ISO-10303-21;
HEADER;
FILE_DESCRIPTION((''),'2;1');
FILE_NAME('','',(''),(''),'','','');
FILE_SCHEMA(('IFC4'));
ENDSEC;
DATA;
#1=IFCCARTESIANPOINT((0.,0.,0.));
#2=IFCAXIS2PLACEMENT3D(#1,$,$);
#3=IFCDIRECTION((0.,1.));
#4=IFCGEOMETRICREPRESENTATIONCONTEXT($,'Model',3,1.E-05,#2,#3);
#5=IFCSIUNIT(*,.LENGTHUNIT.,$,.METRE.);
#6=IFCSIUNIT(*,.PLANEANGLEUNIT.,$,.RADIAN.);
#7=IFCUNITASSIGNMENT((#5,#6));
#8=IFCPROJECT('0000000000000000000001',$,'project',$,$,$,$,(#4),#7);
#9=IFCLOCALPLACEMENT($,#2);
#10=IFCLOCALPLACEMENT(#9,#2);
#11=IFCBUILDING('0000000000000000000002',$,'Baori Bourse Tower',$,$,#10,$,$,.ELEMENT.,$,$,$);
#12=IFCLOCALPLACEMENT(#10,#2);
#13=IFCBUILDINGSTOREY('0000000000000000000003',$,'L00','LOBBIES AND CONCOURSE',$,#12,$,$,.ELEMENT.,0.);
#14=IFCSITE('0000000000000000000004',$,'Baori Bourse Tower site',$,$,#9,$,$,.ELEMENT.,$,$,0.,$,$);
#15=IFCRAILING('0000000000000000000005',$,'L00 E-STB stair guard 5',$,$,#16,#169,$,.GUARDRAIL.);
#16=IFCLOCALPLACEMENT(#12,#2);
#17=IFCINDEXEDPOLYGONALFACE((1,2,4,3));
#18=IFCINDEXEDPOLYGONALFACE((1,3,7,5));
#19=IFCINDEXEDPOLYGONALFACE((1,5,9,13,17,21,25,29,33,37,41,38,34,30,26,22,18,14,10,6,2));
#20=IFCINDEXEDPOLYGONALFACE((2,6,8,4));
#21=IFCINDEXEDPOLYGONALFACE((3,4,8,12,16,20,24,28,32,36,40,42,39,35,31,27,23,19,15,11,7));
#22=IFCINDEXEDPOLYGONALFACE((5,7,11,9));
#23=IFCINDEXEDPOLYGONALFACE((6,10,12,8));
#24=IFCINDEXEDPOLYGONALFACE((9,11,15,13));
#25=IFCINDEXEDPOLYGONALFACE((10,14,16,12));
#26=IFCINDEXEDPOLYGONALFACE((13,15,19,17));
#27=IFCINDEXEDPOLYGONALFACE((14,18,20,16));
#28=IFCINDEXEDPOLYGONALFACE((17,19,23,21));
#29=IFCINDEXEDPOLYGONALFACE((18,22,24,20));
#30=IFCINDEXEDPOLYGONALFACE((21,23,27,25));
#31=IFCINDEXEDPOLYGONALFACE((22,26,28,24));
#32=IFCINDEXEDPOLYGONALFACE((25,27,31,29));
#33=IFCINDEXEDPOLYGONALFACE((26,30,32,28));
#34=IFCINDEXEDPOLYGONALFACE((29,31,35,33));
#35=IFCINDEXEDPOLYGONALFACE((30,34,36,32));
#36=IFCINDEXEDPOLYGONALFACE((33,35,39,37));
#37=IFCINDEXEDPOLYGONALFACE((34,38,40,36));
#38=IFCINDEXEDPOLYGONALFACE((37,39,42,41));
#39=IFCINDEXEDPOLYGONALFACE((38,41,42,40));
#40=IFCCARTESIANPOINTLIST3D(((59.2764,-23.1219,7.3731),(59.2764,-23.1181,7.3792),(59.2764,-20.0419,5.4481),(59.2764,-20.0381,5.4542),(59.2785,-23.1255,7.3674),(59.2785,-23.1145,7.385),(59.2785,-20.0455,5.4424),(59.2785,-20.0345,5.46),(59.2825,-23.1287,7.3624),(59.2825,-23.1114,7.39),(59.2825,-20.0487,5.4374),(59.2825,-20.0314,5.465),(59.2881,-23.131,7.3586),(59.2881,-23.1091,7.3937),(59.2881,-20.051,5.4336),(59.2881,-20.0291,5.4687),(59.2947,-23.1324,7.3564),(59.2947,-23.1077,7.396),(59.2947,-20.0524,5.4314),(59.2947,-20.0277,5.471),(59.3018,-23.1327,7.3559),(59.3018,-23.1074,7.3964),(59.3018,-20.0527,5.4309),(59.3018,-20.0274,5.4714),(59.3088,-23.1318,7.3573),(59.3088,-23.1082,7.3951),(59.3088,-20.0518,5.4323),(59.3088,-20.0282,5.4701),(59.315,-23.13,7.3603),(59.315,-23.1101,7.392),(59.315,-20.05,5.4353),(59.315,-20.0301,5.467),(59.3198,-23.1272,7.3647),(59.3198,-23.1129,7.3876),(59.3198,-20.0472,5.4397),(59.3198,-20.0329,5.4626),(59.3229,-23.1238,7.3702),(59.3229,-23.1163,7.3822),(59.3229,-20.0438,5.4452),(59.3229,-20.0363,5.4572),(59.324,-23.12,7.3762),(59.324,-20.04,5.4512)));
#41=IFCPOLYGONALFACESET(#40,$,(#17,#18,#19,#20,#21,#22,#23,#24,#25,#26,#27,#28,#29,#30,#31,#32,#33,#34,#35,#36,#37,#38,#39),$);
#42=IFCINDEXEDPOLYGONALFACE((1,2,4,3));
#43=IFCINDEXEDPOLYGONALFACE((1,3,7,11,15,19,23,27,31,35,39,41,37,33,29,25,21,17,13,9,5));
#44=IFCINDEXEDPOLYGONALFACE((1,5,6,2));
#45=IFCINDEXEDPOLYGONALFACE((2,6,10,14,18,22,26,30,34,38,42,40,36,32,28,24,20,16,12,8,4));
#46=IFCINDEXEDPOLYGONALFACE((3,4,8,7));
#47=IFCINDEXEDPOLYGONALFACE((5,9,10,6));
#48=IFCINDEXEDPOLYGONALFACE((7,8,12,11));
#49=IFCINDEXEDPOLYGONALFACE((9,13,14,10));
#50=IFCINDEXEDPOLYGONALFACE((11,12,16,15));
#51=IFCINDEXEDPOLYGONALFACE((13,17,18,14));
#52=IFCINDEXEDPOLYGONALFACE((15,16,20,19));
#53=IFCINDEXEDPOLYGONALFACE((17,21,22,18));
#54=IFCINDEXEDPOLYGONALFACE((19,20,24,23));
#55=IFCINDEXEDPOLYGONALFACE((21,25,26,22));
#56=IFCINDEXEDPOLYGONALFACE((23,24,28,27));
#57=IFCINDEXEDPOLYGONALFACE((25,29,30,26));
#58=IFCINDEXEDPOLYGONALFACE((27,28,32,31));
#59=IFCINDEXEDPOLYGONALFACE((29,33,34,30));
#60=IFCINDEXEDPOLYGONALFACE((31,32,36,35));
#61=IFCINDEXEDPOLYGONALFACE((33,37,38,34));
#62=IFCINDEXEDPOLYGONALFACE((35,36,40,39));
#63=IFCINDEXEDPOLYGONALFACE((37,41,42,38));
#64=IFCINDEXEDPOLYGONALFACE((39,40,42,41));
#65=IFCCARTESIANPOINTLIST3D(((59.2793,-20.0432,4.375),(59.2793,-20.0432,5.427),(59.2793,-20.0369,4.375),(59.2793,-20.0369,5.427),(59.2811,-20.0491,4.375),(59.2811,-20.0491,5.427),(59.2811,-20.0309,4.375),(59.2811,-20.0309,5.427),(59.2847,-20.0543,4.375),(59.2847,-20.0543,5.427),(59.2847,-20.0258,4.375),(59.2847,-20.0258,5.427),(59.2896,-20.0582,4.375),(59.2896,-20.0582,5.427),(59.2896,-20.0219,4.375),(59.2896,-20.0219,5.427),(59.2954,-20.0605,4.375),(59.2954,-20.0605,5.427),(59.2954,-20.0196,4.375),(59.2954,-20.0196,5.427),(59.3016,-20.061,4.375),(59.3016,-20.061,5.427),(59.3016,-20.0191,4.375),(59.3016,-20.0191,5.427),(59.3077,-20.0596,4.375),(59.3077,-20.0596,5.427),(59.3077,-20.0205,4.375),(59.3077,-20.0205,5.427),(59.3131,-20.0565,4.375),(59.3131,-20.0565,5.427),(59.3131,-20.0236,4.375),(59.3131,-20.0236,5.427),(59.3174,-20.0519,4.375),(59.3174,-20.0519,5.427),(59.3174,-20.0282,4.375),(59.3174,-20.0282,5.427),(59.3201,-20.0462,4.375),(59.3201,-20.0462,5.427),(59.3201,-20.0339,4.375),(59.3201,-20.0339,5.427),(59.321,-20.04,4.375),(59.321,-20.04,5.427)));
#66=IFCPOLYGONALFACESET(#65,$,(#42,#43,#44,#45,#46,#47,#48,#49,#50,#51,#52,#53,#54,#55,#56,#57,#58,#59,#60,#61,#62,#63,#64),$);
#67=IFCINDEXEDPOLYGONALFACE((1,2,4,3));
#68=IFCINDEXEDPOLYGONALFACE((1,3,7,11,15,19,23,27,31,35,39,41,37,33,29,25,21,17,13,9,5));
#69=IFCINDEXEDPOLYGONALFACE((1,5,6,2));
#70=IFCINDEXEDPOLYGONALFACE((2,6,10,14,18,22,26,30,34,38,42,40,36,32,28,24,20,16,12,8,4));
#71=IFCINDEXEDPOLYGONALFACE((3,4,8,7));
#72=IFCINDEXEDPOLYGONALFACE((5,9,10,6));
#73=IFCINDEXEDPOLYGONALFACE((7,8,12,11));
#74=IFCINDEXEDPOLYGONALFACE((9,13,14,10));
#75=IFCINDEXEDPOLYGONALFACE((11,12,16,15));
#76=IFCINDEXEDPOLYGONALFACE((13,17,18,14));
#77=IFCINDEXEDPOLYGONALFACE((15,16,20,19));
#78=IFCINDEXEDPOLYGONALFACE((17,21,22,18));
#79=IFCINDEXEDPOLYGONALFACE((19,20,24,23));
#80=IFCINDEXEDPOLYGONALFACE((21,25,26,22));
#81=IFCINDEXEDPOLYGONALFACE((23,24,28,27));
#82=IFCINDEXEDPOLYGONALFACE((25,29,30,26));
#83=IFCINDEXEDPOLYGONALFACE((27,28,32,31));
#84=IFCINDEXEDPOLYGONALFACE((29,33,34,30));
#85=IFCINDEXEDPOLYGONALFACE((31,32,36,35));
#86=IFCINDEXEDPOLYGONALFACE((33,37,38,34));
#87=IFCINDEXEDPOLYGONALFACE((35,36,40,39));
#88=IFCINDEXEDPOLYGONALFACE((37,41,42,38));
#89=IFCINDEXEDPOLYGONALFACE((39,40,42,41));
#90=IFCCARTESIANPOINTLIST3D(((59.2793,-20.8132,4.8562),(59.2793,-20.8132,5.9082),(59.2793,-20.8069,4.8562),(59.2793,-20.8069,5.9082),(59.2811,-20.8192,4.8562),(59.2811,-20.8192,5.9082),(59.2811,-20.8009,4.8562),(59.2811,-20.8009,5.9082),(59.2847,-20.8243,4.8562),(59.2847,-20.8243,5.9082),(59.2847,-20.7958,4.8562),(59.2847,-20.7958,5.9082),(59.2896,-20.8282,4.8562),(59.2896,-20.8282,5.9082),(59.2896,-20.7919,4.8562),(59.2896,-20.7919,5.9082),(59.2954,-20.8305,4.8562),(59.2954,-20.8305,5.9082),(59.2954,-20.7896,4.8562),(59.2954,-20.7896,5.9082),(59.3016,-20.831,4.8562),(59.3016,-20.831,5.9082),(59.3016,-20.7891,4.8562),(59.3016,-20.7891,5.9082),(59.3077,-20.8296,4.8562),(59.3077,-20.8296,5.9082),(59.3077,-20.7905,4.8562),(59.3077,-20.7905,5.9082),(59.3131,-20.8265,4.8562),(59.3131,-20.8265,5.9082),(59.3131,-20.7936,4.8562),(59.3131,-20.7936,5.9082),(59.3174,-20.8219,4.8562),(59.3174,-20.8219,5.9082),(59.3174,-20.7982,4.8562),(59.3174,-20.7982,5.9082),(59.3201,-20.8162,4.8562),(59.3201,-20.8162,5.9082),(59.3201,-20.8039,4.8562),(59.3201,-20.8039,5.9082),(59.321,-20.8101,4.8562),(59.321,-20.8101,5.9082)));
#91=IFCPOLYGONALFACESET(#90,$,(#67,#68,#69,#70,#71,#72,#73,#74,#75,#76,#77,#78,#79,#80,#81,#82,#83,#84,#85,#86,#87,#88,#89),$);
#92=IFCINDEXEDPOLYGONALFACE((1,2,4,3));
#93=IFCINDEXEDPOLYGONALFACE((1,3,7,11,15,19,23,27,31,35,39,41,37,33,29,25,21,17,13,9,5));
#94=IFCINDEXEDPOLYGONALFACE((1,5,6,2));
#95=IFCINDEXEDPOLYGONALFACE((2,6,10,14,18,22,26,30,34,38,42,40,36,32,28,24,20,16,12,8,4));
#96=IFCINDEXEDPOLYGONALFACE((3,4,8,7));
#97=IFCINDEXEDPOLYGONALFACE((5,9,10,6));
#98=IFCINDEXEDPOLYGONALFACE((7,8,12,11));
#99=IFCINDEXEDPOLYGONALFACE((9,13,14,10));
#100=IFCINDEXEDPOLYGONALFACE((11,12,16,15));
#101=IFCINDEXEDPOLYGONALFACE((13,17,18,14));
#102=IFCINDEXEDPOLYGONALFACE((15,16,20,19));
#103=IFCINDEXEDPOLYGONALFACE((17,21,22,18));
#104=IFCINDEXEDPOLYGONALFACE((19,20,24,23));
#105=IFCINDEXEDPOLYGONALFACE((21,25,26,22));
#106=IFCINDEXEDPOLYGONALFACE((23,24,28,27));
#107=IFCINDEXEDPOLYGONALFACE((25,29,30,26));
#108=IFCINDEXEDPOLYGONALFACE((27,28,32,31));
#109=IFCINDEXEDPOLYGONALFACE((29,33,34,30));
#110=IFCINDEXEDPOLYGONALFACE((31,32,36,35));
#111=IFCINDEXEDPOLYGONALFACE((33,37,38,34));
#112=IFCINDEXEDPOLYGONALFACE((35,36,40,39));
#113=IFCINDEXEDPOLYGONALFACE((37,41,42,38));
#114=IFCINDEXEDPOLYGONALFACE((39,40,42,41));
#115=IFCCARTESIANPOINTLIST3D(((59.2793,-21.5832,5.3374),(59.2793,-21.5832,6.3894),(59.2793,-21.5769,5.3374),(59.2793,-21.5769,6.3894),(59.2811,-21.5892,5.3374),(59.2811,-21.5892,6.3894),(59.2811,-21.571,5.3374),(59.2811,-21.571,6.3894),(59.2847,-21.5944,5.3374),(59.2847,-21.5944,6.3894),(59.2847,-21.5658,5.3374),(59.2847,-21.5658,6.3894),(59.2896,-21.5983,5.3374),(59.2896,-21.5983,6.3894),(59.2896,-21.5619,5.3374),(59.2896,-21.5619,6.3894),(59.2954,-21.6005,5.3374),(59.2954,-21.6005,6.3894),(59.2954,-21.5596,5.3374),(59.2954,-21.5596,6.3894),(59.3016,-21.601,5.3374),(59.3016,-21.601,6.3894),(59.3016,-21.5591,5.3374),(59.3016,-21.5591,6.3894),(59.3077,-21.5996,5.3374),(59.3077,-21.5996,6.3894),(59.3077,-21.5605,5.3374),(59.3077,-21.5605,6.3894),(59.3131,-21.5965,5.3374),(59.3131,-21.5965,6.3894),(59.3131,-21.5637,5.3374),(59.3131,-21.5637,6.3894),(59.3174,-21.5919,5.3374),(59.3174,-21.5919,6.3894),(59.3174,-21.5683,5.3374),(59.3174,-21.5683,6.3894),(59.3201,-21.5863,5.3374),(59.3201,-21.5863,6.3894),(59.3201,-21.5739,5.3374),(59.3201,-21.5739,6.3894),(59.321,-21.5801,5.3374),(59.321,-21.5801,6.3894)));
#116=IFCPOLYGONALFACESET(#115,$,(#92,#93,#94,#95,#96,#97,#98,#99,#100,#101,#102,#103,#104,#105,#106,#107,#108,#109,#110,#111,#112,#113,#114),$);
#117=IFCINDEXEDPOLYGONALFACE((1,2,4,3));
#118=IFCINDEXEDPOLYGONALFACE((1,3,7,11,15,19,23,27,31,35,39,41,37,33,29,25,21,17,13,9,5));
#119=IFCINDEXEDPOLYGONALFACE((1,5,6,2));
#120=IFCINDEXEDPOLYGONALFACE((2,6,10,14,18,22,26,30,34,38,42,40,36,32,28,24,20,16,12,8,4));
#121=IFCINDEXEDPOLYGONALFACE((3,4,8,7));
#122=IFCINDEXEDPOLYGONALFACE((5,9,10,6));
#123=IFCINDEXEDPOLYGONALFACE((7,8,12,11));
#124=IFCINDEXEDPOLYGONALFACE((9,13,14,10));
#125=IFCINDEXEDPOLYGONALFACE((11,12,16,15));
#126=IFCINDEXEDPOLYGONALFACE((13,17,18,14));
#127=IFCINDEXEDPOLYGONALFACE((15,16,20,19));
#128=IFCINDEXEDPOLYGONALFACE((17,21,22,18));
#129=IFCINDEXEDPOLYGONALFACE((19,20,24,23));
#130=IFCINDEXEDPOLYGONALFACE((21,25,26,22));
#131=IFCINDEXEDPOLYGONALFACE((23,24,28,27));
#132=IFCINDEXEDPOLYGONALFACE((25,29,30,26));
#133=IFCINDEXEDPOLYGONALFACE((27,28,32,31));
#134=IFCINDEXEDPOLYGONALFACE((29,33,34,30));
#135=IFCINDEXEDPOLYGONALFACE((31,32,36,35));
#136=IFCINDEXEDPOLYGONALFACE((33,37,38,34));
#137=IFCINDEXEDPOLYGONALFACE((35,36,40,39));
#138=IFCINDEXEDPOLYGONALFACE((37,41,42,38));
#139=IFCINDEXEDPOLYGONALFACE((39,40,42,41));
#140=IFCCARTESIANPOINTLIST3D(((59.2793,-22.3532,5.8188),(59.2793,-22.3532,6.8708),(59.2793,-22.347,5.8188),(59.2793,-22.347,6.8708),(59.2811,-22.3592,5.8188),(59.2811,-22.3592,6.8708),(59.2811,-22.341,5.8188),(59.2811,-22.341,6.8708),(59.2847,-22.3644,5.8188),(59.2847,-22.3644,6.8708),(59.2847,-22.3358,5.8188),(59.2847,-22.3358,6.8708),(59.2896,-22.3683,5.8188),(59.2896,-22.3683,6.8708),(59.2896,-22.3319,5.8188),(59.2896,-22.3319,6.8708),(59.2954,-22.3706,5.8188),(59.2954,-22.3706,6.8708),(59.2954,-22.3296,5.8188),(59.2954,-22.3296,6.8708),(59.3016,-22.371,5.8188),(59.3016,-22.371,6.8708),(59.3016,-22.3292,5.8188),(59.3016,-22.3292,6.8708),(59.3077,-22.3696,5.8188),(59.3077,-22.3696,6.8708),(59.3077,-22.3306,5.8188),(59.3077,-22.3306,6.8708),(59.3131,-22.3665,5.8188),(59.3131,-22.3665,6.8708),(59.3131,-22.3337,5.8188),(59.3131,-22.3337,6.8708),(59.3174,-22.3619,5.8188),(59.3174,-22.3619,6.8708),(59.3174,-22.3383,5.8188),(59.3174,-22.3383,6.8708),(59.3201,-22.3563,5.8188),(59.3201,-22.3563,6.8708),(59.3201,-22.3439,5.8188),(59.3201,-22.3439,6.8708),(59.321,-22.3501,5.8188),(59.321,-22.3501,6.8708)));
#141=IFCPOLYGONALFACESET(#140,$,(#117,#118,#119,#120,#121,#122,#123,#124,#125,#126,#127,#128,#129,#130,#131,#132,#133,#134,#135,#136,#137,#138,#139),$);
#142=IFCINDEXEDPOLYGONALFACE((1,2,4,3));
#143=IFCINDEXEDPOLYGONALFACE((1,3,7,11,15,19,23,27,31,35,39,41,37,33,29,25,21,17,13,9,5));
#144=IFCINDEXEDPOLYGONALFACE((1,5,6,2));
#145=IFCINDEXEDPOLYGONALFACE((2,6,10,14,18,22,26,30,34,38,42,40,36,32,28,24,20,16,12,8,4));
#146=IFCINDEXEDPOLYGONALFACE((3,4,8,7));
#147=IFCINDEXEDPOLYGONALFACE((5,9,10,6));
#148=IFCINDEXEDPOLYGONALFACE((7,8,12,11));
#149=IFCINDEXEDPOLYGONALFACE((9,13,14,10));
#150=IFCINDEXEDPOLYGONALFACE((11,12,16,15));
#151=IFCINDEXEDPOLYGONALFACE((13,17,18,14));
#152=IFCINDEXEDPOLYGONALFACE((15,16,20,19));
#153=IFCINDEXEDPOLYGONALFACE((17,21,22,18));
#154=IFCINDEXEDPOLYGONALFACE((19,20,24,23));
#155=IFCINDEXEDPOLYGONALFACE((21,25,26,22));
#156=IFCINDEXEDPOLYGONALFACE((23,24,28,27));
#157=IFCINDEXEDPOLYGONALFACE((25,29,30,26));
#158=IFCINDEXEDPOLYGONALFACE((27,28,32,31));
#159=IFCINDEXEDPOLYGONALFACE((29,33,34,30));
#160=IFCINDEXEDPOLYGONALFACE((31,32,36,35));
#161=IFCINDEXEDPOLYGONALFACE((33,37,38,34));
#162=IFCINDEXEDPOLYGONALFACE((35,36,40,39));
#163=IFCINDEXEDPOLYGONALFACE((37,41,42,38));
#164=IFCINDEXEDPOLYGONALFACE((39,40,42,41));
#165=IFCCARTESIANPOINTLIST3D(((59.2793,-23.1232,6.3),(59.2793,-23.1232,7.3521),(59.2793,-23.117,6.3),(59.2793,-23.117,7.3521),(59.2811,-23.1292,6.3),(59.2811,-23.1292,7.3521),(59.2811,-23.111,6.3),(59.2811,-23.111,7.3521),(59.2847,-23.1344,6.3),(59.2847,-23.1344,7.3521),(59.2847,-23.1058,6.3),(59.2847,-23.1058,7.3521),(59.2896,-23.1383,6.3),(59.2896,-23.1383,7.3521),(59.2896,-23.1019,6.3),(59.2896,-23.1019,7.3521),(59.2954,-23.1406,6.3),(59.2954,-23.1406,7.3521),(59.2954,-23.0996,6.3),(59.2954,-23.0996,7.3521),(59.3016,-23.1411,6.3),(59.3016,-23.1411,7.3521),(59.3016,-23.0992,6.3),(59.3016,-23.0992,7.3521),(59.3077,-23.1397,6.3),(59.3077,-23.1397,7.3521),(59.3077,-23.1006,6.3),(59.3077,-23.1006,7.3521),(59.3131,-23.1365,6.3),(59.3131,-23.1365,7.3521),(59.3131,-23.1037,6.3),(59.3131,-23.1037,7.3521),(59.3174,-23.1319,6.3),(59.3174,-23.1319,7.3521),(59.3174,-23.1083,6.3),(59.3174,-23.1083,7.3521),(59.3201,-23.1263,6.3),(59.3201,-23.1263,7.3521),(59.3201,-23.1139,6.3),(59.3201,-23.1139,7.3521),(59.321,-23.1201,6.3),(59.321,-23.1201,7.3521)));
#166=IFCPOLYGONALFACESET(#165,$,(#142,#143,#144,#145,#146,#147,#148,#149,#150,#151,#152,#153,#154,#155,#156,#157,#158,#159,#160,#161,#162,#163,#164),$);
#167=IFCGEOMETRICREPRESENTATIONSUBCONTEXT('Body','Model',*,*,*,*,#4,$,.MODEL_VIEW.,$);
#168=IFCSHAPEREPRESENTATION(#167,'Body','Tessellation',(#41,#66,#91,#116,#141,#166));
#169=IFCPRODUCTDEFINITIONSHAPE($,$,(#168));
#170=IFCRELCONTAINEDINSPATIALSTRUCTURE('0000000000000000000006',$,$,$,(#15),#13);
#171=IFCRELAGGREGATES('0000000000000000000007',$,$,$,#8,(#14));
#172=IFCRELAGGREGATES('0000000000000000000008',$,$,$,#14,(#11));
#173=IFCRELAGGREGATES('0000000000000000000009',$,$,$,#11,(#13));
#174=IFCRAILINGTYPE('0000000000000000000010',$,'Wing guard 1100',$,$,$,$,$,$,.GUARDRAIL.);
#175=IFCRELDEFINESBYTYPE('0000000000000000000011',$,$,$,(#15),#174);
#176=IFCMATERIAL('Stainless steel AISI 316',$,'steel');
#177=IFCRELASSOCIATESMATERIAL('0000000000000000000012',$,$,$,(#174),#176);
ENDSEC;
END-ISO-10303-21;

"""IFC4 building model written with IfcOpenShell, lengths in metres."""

from ifc_helpers import new_model, si_unit, direction, frame, origin, origin_2d, place, context, subcontext, project, spatial, circle, extrude, material, type_object, element, save


model = new_model("IFC4")

# Units and contexts
model_context = context("Model", 3, precision=1e-05, world=origin(), true_north=direction((0.0, 1.0)))
body_context = subcontext(model_context, "Body", "Model", "MODEL_VIEW")
ifc_project = project(units=[si_unit("LENGTHUNIT", "METRE"), si_unit("PLANEANGLEUNIT", "RADIAN")], contexts=[model_context])

# Site, building, storey
site_placement = place(None, origin())
site = spatial("IfcSite", under=ifc_project, at=site_placement, Name="Baori Bourse Tower site", CompositionType="ELEMENT", RefElevation=0.0)
building_placement = place(site_placement, origin())
building = spatial("IfcBuilding", under=site, at=building_placement, Name="Baori Bourse Tower", CompositionType="ELEMENT")
storey_placement = place(building_placement, origin())
storey = spatial("IfcBuildingStorey", under=building, at=storey_placement, Name="L00", Description="LOBBIES AND CONCOURSE", CompositionType="ELEMENT", Elevation=0.0)

# Railing
ifc_material_1 = material(Name="Stainless steel AISI 316", Category="steel")
railing_type_1 = type_object("IfcRailingType", Name="Wing guard 1100", PredefinedType="GUARDRAIL", material=ifc_material_1)
railing_1_placement = place(storey_placement, frame((59.3, -20.04, 4.375)))
element("IfcRailing", 1, at=railing_1_placement, inside=storey, type_object=railing_type_1, Name="L00 E-STB stair guard 5", PredefinedType="GUARDRAIL", context=body_context, shape_type="SweptSolid", body=[
    extrude(circle(Radius=0.0239, at=origin_2d()), frame((0.0, 0.0, 1.0762), z_axis=(0.0, -0.847998, 0.529999), x_axis=(1.0, 0.0, 0.0)), (0.0, 0.0, 1.0), 3.6321),
    extrude(circle(Radius=0.021, at=origin_2d()), origin(), (0.0, 0.0, 1.0), 1.052),
    extrude(circle(Radius=0.021, at=origin_2d()), frame((0.0, -0.77, 0.4812)), (0.0, 0.0, 1.0), 1.052),
    extrude(circle(Radius=0.021, at=origin_2d()), frame((0.0, -1.54, 0.9624)), (0.0, 0.0, 1.0), 1.052),
    extrude(circle(Radius=0.021, at=origin_2d()), frame((0.0, -2.3101, 1.4438)), (0.0, 0.0, 1.0), 1.052),
    extrude(circle(Radius=0.021, at=origin_2d()), frame((0.0, -3.0801, 1.925)), (0.0, 0.0, 1.0), 1.052),
])

save(model, "model.ifc")
